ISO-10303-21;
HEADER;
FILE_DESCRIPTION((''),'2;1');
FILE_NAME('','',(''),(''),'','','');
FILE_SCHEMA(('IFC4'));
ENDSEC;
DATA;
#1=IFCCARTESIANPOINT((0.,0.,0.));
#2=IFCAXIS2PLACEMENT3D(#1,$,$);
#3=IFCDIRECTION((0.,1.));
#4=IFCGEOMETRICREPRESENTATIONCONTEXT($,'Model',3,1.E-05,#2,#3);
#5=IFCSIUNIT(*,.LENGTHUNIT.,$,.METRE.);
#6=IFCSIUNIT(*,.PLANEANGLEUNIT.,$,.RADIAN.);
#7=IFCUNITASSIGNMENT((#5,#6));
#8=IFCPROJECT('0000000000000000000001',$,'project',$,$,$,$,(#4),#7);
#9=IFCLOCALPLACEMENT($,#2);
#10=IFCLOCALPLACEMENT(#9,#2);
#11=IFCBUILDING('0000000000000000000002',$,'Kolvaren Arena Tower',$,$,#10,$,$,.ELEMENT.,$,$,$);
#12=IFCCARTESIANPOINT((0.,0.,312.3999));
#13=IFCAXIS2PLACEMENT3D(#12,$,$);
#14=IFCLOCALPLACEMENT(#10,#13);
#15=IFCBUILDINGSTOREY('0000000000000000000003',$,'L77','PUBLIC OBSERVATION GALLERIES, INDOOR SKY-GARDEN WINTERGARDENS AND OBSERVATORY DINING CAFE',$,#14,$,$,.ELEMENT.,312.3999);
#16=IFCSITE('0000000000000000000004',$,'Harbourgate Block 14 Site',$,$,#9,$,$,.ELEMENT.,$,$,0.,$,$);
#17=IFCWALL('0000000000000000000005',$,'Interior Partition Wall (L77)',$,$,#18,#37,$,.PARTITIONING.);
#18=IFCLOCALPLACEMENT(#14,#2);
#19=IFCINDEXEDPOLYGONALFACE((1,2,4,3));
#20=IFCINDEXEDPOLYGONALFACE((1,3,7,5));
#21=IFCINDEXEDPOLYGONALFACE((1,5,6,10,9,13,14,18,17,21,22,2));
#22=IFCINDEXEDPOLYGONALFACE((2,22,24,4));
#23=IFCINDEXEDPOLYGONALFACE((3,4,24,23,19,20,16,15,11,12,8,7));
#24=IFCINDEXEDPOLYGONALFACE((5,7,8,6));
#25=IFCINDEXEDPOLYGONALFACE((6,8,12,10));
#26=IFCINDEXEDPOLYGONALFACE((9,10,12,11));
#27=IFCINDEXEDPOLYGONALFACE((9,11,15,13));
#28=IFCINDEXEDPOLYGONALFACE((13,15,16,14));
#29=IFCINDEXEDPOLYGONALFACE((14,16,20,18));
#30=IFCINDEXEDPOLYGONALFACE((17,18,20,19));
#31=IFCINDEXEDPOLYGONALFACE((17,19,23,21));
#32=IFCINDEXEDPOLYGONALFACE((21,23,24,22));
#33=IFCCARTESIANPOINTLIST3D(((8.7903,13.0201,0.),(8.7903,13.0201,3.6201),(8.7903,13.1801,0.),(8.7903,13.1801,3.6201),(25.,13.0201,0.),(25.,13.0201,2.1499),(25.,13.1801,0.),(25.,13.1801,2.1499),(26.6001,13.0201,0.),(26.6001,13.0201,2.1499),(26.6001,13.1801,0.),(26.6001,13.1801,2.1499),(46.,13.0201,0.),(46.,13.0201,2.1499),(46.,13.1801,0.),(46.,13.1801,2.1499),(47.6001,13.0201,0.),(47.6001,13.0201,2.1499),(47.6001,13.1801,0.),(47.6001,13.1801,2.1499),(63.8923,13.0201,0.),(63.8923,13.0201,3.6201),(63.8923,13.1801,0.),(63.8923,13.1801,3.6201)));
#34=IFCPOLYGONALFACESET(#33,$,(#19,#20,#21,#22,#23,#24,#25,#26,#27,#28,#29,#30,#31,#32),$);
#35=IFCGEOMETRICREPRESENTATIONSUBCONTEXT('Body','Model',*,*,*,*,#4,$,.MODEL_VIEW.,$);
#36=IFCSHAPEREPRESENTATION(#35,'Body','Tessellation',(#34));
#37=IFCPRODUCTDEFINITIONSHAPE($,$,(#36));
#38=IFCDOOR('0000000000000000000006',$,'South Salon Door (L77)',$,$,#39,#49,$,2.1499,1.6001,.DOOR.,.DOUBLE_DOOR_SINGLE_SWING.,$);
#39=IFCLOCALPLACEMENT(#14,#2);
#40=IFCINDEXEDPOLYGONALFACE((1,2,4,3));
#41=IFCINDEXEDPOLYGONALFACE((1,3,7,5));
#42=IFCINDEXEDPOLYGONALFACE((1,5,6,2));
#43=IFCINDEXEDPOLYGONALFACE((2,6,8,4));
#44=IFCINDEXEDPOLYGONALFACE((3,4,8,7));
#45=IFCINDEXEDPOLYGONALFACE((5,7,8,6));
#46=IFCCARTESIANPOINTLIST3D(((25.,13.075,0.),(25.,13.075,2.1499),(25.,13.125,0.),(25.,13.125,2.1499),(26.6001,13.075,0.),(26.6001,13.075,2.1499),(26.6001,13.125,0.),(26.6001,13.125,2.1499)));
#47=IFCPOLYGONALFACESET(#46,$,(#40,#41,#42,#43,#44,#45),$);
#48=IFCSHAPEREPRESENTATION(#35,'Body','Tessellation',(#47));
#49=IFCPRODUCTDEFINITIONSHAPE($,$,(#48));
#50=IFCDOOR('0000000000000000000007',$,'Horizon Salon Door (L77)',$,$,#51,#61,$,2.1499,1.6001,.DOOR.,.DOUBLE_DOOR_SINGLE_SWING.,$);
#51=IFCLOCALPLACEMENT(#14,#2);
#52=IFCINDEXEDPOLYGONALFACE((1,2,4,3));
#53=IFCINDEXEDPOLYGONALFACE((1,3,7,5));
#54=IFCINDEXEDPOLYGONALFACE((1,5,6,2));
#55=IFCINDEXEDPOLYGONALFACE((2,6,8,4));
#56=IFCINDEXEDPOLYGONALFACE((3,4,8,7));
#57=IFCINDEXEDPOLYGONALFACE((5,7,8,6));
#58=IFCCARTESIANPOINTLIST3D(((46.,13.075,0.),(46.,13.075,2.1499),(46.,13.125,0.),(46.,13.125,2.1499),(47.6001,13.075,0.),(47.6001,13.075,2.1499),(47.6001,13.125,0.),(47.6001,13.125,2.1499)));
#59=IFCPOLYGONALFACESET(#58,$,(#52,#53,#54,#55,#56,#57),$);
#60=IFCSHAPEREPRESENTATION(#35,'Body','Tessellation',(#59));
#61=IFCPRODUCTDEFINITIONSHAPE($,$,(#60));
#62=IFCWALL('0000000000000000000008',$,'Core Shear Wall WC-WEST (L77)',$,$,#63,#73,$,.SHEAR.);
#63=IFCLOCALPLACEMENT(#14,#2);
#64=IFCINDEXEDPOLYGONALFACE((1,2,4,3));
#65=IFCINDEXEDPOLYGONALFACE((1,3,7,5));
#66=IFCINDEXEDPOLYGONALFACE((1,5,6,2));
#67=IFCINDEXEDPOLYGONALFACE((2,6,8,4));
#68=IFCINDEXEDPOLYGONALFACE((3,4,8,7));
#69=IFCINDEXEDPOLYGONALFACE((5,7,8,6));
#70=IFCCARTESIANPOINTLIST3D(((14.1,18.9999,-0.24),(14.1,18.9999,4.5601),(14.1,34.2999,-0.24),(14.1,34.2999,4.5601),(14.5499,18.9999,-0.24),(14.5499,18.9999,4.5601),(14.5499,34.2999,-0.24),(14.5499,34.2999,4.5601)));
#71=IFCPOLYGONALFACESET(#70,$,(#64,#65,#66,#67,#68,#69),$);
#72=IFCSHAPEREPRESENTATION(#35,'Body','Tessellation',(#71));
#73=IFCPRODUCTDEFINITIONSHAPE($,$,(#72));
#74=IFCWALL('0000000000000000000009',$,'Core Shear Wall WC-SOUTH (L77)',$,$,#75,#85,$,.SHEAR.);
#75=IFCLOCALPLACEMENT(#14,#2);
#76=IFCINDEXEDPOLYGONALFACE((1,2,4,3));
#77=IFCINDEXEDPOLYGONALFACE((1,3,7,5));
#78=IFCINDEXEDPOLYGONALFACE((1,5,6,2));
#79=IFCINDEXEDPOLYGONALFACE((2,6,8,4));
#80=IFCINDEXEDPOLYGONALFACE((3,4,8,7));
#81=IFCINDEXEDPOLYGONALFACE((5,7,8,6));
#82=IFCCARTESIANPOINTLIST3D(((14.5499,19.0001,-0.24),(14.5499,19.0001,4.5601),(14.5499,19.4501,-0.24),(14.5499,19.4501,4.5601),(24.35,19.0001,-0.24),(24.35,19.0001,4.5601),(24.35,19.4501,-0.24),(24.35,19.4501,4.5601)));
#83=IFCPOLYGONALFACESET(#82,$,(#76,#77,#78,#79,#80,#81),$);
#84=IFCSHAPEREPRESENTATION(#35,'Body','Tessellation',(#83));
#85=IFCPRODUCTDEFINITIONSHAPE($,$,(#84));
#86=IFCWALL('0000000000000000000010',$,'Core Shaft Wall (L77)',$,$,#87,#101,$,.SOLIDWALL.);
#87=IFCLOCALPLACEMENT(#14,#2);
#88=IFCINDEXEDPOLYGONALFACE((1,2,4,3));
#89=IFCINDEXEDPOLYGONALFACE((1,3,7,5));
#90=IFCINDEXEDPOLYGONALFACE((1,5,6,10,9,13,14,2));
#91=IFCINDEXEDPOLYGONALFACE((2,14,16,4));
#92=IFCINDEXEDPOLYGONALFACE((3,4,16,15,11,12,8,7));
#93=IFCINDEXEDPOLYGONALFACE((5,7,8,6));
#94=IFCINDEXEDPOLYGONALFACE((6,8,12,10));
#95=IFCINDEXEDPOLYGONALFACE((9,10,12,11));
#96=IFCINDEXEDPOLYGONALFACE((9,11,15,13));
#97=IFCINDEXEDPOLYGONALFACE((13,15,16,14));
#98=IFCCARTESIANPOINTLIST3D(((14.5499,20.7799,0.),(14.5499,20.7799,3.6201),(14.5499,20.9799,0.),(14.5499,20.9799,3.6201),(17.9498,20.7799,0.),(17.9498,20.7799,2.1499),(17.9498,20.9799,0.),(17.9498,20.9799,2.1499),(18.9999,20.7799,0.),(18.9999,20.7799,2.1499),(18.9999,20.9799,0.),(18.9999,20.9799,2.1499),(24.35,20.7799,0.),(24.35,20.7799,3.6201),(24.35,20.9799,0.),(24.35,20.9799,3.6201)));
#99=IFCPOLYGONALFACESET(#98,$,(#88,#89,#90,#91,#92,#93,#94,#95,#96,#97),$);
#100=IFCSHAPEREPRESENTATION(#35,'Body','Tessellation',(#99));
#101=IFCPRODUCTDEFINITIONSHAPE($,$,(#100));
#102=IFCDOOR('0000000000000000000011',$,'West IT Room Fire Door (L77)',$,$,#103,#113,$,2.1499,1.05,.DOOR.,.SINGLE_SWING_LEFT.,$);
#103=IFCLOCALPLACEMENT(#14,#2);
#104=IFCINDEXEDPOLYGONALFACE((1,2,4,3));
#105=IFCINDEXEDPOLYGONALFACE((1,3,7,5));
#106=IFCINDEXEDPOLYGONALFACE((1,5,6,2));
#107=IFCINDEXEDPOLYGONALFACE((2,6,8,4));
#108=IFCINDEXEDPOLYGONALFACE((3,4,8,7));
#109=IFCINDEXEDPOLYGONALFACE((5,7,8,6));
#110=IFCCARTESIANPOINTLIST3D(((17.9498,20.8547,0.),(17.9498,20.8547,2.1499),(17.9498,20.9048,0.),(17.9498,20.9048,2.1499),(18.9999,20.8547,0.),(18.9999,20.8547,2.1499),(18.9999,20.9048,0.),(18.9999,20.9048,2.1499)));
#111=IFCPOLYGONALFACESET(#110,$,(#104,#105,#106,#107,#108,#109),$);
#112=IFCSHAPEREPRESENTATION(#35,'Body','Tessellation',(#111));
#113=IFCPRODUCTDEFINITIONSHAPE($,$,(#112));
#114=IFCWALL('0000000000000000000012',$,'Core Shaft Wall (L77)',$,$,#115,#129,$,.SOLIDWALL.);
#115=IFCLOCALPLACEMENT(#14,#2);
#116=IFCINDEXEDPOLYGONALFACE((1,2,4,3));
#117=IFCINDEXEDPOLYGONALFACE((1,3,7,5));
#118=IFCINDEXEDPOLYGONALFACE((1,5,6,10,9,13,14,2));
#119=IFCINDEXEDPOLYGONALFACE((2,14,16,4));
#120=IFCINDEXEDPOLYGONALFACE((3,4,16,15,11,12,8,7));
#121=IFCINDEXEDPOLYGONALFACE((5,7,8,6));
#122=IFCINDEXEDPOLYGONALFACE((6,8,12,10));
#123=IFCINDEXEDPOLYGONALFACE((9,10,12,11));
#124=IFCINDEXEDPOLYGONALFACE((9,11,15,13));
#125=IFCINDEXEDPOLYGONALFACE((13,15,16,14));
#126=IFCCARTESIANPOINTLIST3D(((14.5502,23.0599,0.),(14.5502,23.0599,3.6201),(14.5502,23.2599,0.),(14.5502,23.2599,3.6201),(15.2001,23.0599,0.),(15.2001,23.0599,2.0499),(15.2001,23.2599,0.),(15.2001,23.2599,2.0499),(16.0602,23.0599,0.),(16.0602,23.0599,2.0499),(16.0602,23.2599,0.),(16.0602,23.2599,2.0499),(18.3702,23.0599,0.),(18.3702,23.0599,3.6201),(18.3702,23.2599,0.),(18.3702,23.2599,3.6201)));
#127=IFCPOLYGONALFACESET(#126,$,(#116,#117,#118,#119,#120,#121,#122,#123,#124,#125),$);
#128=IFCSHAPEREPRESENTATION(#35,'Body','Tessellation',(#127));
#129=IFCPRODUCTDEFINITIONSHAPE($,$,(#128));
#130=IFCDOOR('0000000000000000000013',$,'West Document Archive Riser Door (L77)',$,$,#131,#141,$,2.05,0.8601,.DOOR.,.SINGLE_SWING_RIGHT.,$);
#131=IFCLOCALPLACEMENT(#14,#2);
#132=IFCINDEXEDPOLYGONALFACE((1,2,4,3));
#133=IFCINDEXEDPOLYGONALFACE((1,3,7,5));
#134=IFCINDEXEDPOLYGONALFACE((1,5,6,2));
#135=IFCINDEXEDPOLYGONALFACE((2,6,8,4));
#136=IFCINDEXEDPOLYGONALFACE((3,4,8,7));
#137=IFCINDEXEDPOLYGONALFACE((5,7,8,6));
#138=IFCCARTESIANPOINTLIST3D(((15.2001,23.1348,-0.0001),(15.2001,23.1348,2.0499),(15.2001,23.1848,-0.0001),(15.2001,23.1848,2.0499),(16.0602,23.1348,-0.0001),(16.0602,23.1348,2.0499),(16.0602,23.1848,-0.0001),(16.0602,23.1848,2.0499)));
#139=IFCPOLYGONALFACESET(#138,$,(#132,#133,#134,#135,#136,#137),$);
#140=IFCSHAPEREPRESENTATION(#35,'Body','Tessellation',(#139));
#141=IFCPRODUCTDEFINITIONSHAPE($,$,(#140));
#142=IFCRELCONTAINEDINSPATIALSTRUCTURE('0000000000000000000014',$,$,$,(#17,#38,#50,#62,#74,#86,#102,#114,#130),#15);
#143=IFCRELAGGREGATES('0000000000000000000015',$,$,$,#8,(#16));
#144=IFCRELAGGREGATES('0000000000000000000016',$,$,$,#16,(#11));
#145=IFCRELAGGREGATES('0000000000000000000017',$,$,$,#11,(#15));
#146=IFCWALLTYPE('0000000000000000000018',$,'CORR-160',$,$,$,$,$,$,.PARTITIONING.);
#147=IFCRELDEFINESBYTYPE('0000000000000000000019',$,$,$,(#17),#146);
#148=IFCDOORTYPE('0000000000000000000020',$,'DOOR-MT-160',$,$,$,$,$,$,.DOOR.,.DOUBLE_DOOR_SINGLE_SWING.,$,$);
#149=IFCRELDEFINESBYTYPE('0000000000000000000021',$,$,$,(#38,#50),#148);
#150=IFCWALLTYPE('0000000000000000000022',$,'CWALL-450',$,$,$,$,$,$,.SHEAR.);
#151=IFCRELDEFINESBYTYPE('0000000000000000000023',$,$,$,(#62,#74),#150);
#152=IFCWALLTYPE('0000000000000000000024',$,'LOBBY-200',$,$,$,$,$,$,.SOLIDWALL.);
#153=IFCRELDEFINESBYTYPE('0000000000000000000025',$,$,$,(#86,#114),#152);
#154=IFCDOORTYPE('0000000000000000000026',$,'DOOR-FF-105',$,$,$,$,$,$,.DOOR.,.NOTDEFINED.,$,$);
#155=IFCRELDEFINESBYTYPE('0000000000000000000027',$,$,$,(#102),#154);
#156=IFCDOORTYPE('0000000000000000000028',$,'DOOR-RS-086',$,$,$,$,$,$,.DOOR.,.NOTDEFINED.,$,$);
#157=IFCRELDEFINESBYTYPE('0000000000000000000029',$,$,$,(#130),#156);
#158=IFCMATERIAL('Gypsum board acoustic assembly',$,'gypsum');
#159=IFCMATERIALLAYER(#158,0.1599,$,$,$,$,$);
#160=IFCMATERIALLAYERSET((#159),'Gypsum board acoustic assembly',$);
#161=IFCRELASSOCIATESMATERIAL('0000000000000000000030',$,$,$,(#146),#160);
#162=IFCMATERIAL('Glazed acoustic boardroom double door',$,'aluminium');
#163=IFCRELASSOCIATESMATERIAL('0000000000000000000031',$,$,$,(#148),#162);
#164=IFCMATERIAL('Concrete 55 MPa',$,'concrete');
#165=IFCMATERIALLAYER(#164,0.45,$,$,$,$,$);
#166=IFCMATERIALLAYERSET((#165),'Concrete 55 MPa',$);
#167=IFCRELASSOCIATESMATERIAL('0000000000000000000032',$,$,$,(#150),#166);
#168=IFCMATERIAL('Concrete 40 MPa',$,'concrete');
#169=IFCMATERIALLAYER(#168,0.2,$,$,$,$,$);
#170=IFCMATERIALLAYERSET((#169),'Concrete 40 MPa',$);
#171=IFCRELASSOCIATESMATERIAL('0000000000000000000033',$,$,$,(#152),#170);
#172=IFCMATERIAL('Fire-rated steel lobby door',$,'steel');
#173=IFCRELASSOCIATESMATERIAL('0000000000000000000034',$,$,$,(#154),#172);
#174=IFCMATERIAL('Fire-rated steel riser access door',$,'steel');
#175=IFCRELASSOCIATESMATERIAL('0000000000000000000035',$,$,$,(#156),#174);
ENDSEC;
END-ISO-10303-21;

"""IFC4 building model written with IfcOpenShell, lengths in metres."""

from ifc_helpers import new_model, si_unit, direction, frame, frame_2d, origin, place, context, subcontext, project, spatial, rectangle, extrude, material, layer, layer_set, type_object, element, fill, save


model = new_model("IFC4")

# Units and contexts
model_context = context("Model", 3, precision=1e-05, world=origin(), true_north=direction((0.0, 1.0)))
body_context = subcontext(model_context, "Body", "Model", "MODEL_VIEW")
ifc_project = project(units=[si_unit("LENGTHUNIT", "METRE"), si_unit("PLANEANGLEUNIT", "RADIAN")], contexts=[model_context])

# Site, building, storey
site_placement = place(None, origin())
site = spatial("IfcSite", under=ifc_project, at=site_placement, Name="Harbourgate Block 14 Site", CompositionType="ELEMENT", RefElevation=0.0)
building_placement = place(site_placement, origin())
building = spatial("IfcBuilding", under=site, at=building_placement, Name="Kolvaren Arena Tower", CompositionType="ELEMENT")
storey_placement = place(building_placement, frame((0.0, 0.0, 312.3999)))
storey = spatial("IfcBuildingStorey", under=building, at=storey_placement, Name="L77", Description="PUBLIC OBSERVATION GALLERIES, INDOOR SKY-GARDEN WINTERGARDENS AND OBSERVATORY DINING CAFE", CompositionType="ELEMENT", Elevation=312.3999)

# Shared definitions
ifc_material_1 = material(Name="Gypsum board acoustic assembly", Category="gypsum")
ifc_layer_1 = layer(ifc_material_1, 0.1599)
ifc_layer_set_1 = layer_set([ifc_layer_1], Name="Gypsum board acoustic assembly")
wall_type_1 = type_object("IfcWallType", Name="CORR-160", PredefinedType="PARTITIONING", material=ifc_layer_set_1)

# Wall, openings, doors
wall_1_placement = place(storey_placement, frame((8.7903, 13.1001, 0.0), z_axis=(0.0, 0.0, 1.0), x_axis=(1.0, 0.0, 0.0)))
wall_1 = element("IfcWall", 1, at=wall_1_placement, inside=storey, type_object=wall_type_1, Name="Interior Partition Wall (L77)", PredefinedType="PARTITIONING", context=body_context, shape_type="SweptSolid", body=[
    extrude(rectangle(XDim=55.1021, YDim=0.1599, at=frame_2d((27.551, 0.0))), origin(), (0.0, 0.0, 1.0), 3.6201),
])
opening_1_placement = place(wall_1_placement, frame((16.2097, 0.0, 0.0)))
opening_1 = element("IfcOpeningElement", 2, at=opening_1_placement, cuts=wall_1, PredefinedType="OPENING", context=body_context, shape_type="SweptSolid", body=[
    extrude(rectangle(XDim=1.6001, YDim=2.1499, at=frame_2d((0.8, 1.075))), frame((0.0, 0.0898, 0.0), z_axis=(0.0, -1.0, 0.0), x_axis=(1.0, 0.0, 0.0)), (0.0, 0.0, 1.0), 0.1799),
])
opening_2_placement = place(wall_1_placement, frame((37.2097, 0.0, 0.0)))
opening_2 = element("IfcOpeningElement", 3, at=opening_2_placement, cuts=wall_1, PredefinedType="OPENING", context=body_context, shape_type="SweptSolid", body=[
    extrude(rectangle(XDim=1.6001, YDim=2.1499, at=frame_2d((0.8, 1.075))), frame((0.0, 0.0898, 0.0), z_axis=(0.0, -1.0, 0.0), x_axis=(1.0, 0.0, 0.0)), (0.0, 0.0, 1.0), 0.1799),
])
ifc_material_2 = material(Name="Glazed acoustic boardroom double door", Category="aluminium")
door_type_1 = type_object("IfcDoorType", Name="DOOR-MT-160", OperationType="DOUBLE_DOOR_SINGLE_SWING", PredefinedType="DOOR", material=ifc_material_2)
door_1_placement = place(opening_1_placement, origin())
door_1 = element("IfcDoor", 4, at=door_1_placement, inside=storey, type_object=door_type_1, Name="South Salon Door (L77)", OperationType="DOUBLE_DOOR_SINGLE_SWING", OverallHeight=2.1499, OverallWidth=1.6001, PredefinedType="DOOR", context=body_context, shape_type="SweptSolid", body=[
    extrude(rectangle(XDim=1.6001, YDim=2.1499, at=frame_2d((0.8, 1.075))), frame((0.0, 0.0249, 0.0), z_axis=(0.0, -1.0, 0.0), x_axis=(1.0, 0.0, 0.0)), (0.0, 0.0, 1.0), 0.05),
])
fill(opening_1, door_1)
door_2_placement = place(opening_2_placement, origin())
door_2 = element("IfcDoor", 5, at=door_2_placement, inside=storey, type_object=door_type_1, Name="Horizon Salon Door (L77)", OperationType="DOUBLE_DOOR_SINGLE_SWING", OverallHeight=2.1499, OverallWidth=1.6001, PredefinedType="DOOR", context=body_context, shape_type="SweptSolid", body=[
    extrude(rectangle(XDim=1.6001, YDim=2.1499, at=frame_2d((0.8, 1.075))), frame((0.0, 0.0249, 0.0), z_axis=(0.0, -1.0, 0.0), x_axis=(1.0, 0.0, 0.0)), (0.0, 0.0, 1.0), 0.05),
])
fill(opening_2, door_2)

# Walls
ifc_material_3 = material(Name="Concrete 55 MPa", Category="concrete")
ifc_layer_2 = layer(ifc_material_3, 0.45)
ifc_layer_set_2 = layer_set([ifc_layer_2], Name="Concrete 55 MPa")
wall_type_2 = type_object("IfcWallType", Name="CWALL-450", PredefinedType="SHEAR", material=ifc_layer_set_2)
wall_2_placement = place(storey_placement, frame((14.325, 19.0, -0.24), z_axis=(0.0, 0.0, 1.0), x_axis=(0.0, 1.0, 0.0)))
element("IfcWall", 6, at=wall_2_placement, inside=storey, type_object=wall_type_2, Name="Core Shear Wall WC-WEST (L77)", PredefinedType="SHEAR", context=body_context, shape_type="SweptSolid", body=[
    extrude(rectangle(XDim=15.3, YDim=0.45, at=frame_2d((7.6499, 0.0))), origin(), (0.0, 0.0, 1.0), 4.8),
])
wall_3_placement = place(storey_placement, frame((14.55, 19.2251, -0.24), z_axis=(0.0, 0.0, 1.0), x_axis=(1.0, 0.0, 0.0)))
element("IfcWall", 7, at=wall_3_placement, inside=storey, type_object=wall_type_2, Name="Core Shear Wall WC-SOUTH (L77)", PredefinedType="SHEAR", context=body_context, shape_type="SweptSolid", body=[
    extrude(rectangle(XDim=9.8, YDim=0.45, at=frame_2d((4.8999, 0.0))), origin(), (0.0, 0.0, 1.0), 4.8),
])

# Walls, openings, doors
ifc_material_4 = material(Name="Concrete 40 MPa", Category="concrete")
ifc_layer_3 = layer(ifc_material_4, 0.2)
ifc_layer_set_3 = layer_set([ifc_layer_3], Name="Concrete 40 MPa")
wall_type_3 = type_object("IfcWallType", Name="LOBBY-200", PredefinedType="SOLIDWALL", material=ifc_layer_set_3)
wall_4_placement = place(storey_placement, frame((14.55, 20.8799, 0.0), z_axis=(0.0, 0.0, 1.0), x_axis=(1.0, 0.0, 0.0)))
wall_4 = element("IfcWall", 8, at=wall_4_placement, inside=storey, type_object=wall_type_3, Name="Core Shaft Wall (L77)", PredefinedType="SOLIDWALL", context=body_context, shape_type="SweptSolid", body=[
    extrude(rectangle(XDim=9.8, YDim=0.2, at=frame_2d((4.8999, 0.0))), origin(), (0.0, 0.0, 1.0), 3.6201),
])
opening_3_placement = place(wall_4_placement, frame((3.3999, 0.0, 0.0)))
opening_3 = element("IfcOpeningElement", 9, at=opening_3_placement, cuts=wall_4, PredefinedType="OPENING", context=body_context, shape_type="SweptSolid", body=[
    extrude(rectangle(XDim=1.05, YDim=2.1499, at=frame_2d((0.5249, 1.075))), frame((0.0, 0.1099, 0.0), z_axis=(0.0, -1.0, 0.0), x_axis=(1.0, 0.0, 0.0)), (0.0, 0.0, 1.0), 0.22),
])
ifc_material_5 = material(Name="Fire-rated steel lobby door", Category="steel")
door_type_2 = type_object("IfcDoorType", Name="DOOR-FF-105", OperationType="NOTDEFINED", PredefinedType="DOOR", material=ifc_material_5)
door_3_placement = place(opening_3_placement, origin())
door_3 = element("IfcDoor", 10, at=door_3_placement, inside=storey, type_object=door_type_2, Name="West IT Room Fire Door (L77)", OperationType="SINGLE_SWING_LEFT", OverallHeight=2.1499, OverallWidth=1.05, PredefinedType="DOOR", context=body_context, shape_type="SweptSolid", body=[
    extrude(rectangle(XDim=1.05, YDim=2.1499, at=frame_2d((0.5249, 1.075))), frame((0.0, 0.0249, 0.0), z_axis=(0.0, -1.0, 0.0), x_axis=(1.0, 0.0, 0.0)), (0.0, 0.0, 1.0), 0.05),
])
fill(opening_3, door_3)
wall_5_placement = place(storey_placement, frame((14.55, 23.1599, 0.0), z_axis=(0.0, 0.0, 1.0), x_axis=(1.0, 0.0, 0.0)))
wall_5 = element("IfcWall", 11, at=wall_5_placement, inside=storey, type_object=wall_type_3, Name="Core Shaft Wall (L77)", PredefinedType="SOLIDWALL", context=body_context, shape_type="SweptSolid", body=[
    extrude(rectangle(XDim=3.8201, YDim=0.2, at=frame_2d((1.9102, 0.0))), origin(), (0.0, 0.0, 1.0), 3.6201),
])
opening_4_placement = place(wall_5_placement, frame((0.6499, 0.0, 0.0)))
opening_4 = element("IfcOpeningElement", 12, at=opening_4_placement, cuts=wall_5, PredefinedType="OPENING", context=body_context, shape_type="SweptSolid", body=[
    extrude(rectangle(XDim=0.8601, YDim=2.05, at=frame_2d((0.4302, 1.0249))), frame((0.0, 0.1099, 0.0), z_axis=(0.0, -1.0, 0.0), x_axis=(1.0, 0.0, 0.0)), (0.0, 0.0, 1.0), 0.22),
])
ifc_material_6 = material(Name="Fire-rated steel riser access door", Category="steel")
door_type_3 = type_object("IfcDoorType", Name="DOOR-RS-086", OperationType="NOTDEFINED", PredefinedType="DOOR", material=ifc_material_6)
door_4_placement = place(opening_4_placement, origin())
door_4 = element("IfcDoor", 13, at=door_4_placement, inside=storey, type_object=door_type_3, Name="West Document Archive Riser Door (L77)", OperationType="SINGLE_SWING_RIGHT", OverallHeight=2.05, OverallWidth=0.8601, PredefinedType="DOOR", context=body_context, shape_type="SweptSolid", body=[
    extrude(rectangle(XDim=0.8601, YDim=2.05, at=frame_2d((0.4302, 1.0249))), frame((0.0, 0.0249, 0.0), z_axis=(0.0, -1.0, 0.0), x_axis=(1.0, 0.0, 0.0)), (0.0, 0.0, 1.0), 0.05),
])
fill(opening_4, door_4)

save(model, "model.ifc")
